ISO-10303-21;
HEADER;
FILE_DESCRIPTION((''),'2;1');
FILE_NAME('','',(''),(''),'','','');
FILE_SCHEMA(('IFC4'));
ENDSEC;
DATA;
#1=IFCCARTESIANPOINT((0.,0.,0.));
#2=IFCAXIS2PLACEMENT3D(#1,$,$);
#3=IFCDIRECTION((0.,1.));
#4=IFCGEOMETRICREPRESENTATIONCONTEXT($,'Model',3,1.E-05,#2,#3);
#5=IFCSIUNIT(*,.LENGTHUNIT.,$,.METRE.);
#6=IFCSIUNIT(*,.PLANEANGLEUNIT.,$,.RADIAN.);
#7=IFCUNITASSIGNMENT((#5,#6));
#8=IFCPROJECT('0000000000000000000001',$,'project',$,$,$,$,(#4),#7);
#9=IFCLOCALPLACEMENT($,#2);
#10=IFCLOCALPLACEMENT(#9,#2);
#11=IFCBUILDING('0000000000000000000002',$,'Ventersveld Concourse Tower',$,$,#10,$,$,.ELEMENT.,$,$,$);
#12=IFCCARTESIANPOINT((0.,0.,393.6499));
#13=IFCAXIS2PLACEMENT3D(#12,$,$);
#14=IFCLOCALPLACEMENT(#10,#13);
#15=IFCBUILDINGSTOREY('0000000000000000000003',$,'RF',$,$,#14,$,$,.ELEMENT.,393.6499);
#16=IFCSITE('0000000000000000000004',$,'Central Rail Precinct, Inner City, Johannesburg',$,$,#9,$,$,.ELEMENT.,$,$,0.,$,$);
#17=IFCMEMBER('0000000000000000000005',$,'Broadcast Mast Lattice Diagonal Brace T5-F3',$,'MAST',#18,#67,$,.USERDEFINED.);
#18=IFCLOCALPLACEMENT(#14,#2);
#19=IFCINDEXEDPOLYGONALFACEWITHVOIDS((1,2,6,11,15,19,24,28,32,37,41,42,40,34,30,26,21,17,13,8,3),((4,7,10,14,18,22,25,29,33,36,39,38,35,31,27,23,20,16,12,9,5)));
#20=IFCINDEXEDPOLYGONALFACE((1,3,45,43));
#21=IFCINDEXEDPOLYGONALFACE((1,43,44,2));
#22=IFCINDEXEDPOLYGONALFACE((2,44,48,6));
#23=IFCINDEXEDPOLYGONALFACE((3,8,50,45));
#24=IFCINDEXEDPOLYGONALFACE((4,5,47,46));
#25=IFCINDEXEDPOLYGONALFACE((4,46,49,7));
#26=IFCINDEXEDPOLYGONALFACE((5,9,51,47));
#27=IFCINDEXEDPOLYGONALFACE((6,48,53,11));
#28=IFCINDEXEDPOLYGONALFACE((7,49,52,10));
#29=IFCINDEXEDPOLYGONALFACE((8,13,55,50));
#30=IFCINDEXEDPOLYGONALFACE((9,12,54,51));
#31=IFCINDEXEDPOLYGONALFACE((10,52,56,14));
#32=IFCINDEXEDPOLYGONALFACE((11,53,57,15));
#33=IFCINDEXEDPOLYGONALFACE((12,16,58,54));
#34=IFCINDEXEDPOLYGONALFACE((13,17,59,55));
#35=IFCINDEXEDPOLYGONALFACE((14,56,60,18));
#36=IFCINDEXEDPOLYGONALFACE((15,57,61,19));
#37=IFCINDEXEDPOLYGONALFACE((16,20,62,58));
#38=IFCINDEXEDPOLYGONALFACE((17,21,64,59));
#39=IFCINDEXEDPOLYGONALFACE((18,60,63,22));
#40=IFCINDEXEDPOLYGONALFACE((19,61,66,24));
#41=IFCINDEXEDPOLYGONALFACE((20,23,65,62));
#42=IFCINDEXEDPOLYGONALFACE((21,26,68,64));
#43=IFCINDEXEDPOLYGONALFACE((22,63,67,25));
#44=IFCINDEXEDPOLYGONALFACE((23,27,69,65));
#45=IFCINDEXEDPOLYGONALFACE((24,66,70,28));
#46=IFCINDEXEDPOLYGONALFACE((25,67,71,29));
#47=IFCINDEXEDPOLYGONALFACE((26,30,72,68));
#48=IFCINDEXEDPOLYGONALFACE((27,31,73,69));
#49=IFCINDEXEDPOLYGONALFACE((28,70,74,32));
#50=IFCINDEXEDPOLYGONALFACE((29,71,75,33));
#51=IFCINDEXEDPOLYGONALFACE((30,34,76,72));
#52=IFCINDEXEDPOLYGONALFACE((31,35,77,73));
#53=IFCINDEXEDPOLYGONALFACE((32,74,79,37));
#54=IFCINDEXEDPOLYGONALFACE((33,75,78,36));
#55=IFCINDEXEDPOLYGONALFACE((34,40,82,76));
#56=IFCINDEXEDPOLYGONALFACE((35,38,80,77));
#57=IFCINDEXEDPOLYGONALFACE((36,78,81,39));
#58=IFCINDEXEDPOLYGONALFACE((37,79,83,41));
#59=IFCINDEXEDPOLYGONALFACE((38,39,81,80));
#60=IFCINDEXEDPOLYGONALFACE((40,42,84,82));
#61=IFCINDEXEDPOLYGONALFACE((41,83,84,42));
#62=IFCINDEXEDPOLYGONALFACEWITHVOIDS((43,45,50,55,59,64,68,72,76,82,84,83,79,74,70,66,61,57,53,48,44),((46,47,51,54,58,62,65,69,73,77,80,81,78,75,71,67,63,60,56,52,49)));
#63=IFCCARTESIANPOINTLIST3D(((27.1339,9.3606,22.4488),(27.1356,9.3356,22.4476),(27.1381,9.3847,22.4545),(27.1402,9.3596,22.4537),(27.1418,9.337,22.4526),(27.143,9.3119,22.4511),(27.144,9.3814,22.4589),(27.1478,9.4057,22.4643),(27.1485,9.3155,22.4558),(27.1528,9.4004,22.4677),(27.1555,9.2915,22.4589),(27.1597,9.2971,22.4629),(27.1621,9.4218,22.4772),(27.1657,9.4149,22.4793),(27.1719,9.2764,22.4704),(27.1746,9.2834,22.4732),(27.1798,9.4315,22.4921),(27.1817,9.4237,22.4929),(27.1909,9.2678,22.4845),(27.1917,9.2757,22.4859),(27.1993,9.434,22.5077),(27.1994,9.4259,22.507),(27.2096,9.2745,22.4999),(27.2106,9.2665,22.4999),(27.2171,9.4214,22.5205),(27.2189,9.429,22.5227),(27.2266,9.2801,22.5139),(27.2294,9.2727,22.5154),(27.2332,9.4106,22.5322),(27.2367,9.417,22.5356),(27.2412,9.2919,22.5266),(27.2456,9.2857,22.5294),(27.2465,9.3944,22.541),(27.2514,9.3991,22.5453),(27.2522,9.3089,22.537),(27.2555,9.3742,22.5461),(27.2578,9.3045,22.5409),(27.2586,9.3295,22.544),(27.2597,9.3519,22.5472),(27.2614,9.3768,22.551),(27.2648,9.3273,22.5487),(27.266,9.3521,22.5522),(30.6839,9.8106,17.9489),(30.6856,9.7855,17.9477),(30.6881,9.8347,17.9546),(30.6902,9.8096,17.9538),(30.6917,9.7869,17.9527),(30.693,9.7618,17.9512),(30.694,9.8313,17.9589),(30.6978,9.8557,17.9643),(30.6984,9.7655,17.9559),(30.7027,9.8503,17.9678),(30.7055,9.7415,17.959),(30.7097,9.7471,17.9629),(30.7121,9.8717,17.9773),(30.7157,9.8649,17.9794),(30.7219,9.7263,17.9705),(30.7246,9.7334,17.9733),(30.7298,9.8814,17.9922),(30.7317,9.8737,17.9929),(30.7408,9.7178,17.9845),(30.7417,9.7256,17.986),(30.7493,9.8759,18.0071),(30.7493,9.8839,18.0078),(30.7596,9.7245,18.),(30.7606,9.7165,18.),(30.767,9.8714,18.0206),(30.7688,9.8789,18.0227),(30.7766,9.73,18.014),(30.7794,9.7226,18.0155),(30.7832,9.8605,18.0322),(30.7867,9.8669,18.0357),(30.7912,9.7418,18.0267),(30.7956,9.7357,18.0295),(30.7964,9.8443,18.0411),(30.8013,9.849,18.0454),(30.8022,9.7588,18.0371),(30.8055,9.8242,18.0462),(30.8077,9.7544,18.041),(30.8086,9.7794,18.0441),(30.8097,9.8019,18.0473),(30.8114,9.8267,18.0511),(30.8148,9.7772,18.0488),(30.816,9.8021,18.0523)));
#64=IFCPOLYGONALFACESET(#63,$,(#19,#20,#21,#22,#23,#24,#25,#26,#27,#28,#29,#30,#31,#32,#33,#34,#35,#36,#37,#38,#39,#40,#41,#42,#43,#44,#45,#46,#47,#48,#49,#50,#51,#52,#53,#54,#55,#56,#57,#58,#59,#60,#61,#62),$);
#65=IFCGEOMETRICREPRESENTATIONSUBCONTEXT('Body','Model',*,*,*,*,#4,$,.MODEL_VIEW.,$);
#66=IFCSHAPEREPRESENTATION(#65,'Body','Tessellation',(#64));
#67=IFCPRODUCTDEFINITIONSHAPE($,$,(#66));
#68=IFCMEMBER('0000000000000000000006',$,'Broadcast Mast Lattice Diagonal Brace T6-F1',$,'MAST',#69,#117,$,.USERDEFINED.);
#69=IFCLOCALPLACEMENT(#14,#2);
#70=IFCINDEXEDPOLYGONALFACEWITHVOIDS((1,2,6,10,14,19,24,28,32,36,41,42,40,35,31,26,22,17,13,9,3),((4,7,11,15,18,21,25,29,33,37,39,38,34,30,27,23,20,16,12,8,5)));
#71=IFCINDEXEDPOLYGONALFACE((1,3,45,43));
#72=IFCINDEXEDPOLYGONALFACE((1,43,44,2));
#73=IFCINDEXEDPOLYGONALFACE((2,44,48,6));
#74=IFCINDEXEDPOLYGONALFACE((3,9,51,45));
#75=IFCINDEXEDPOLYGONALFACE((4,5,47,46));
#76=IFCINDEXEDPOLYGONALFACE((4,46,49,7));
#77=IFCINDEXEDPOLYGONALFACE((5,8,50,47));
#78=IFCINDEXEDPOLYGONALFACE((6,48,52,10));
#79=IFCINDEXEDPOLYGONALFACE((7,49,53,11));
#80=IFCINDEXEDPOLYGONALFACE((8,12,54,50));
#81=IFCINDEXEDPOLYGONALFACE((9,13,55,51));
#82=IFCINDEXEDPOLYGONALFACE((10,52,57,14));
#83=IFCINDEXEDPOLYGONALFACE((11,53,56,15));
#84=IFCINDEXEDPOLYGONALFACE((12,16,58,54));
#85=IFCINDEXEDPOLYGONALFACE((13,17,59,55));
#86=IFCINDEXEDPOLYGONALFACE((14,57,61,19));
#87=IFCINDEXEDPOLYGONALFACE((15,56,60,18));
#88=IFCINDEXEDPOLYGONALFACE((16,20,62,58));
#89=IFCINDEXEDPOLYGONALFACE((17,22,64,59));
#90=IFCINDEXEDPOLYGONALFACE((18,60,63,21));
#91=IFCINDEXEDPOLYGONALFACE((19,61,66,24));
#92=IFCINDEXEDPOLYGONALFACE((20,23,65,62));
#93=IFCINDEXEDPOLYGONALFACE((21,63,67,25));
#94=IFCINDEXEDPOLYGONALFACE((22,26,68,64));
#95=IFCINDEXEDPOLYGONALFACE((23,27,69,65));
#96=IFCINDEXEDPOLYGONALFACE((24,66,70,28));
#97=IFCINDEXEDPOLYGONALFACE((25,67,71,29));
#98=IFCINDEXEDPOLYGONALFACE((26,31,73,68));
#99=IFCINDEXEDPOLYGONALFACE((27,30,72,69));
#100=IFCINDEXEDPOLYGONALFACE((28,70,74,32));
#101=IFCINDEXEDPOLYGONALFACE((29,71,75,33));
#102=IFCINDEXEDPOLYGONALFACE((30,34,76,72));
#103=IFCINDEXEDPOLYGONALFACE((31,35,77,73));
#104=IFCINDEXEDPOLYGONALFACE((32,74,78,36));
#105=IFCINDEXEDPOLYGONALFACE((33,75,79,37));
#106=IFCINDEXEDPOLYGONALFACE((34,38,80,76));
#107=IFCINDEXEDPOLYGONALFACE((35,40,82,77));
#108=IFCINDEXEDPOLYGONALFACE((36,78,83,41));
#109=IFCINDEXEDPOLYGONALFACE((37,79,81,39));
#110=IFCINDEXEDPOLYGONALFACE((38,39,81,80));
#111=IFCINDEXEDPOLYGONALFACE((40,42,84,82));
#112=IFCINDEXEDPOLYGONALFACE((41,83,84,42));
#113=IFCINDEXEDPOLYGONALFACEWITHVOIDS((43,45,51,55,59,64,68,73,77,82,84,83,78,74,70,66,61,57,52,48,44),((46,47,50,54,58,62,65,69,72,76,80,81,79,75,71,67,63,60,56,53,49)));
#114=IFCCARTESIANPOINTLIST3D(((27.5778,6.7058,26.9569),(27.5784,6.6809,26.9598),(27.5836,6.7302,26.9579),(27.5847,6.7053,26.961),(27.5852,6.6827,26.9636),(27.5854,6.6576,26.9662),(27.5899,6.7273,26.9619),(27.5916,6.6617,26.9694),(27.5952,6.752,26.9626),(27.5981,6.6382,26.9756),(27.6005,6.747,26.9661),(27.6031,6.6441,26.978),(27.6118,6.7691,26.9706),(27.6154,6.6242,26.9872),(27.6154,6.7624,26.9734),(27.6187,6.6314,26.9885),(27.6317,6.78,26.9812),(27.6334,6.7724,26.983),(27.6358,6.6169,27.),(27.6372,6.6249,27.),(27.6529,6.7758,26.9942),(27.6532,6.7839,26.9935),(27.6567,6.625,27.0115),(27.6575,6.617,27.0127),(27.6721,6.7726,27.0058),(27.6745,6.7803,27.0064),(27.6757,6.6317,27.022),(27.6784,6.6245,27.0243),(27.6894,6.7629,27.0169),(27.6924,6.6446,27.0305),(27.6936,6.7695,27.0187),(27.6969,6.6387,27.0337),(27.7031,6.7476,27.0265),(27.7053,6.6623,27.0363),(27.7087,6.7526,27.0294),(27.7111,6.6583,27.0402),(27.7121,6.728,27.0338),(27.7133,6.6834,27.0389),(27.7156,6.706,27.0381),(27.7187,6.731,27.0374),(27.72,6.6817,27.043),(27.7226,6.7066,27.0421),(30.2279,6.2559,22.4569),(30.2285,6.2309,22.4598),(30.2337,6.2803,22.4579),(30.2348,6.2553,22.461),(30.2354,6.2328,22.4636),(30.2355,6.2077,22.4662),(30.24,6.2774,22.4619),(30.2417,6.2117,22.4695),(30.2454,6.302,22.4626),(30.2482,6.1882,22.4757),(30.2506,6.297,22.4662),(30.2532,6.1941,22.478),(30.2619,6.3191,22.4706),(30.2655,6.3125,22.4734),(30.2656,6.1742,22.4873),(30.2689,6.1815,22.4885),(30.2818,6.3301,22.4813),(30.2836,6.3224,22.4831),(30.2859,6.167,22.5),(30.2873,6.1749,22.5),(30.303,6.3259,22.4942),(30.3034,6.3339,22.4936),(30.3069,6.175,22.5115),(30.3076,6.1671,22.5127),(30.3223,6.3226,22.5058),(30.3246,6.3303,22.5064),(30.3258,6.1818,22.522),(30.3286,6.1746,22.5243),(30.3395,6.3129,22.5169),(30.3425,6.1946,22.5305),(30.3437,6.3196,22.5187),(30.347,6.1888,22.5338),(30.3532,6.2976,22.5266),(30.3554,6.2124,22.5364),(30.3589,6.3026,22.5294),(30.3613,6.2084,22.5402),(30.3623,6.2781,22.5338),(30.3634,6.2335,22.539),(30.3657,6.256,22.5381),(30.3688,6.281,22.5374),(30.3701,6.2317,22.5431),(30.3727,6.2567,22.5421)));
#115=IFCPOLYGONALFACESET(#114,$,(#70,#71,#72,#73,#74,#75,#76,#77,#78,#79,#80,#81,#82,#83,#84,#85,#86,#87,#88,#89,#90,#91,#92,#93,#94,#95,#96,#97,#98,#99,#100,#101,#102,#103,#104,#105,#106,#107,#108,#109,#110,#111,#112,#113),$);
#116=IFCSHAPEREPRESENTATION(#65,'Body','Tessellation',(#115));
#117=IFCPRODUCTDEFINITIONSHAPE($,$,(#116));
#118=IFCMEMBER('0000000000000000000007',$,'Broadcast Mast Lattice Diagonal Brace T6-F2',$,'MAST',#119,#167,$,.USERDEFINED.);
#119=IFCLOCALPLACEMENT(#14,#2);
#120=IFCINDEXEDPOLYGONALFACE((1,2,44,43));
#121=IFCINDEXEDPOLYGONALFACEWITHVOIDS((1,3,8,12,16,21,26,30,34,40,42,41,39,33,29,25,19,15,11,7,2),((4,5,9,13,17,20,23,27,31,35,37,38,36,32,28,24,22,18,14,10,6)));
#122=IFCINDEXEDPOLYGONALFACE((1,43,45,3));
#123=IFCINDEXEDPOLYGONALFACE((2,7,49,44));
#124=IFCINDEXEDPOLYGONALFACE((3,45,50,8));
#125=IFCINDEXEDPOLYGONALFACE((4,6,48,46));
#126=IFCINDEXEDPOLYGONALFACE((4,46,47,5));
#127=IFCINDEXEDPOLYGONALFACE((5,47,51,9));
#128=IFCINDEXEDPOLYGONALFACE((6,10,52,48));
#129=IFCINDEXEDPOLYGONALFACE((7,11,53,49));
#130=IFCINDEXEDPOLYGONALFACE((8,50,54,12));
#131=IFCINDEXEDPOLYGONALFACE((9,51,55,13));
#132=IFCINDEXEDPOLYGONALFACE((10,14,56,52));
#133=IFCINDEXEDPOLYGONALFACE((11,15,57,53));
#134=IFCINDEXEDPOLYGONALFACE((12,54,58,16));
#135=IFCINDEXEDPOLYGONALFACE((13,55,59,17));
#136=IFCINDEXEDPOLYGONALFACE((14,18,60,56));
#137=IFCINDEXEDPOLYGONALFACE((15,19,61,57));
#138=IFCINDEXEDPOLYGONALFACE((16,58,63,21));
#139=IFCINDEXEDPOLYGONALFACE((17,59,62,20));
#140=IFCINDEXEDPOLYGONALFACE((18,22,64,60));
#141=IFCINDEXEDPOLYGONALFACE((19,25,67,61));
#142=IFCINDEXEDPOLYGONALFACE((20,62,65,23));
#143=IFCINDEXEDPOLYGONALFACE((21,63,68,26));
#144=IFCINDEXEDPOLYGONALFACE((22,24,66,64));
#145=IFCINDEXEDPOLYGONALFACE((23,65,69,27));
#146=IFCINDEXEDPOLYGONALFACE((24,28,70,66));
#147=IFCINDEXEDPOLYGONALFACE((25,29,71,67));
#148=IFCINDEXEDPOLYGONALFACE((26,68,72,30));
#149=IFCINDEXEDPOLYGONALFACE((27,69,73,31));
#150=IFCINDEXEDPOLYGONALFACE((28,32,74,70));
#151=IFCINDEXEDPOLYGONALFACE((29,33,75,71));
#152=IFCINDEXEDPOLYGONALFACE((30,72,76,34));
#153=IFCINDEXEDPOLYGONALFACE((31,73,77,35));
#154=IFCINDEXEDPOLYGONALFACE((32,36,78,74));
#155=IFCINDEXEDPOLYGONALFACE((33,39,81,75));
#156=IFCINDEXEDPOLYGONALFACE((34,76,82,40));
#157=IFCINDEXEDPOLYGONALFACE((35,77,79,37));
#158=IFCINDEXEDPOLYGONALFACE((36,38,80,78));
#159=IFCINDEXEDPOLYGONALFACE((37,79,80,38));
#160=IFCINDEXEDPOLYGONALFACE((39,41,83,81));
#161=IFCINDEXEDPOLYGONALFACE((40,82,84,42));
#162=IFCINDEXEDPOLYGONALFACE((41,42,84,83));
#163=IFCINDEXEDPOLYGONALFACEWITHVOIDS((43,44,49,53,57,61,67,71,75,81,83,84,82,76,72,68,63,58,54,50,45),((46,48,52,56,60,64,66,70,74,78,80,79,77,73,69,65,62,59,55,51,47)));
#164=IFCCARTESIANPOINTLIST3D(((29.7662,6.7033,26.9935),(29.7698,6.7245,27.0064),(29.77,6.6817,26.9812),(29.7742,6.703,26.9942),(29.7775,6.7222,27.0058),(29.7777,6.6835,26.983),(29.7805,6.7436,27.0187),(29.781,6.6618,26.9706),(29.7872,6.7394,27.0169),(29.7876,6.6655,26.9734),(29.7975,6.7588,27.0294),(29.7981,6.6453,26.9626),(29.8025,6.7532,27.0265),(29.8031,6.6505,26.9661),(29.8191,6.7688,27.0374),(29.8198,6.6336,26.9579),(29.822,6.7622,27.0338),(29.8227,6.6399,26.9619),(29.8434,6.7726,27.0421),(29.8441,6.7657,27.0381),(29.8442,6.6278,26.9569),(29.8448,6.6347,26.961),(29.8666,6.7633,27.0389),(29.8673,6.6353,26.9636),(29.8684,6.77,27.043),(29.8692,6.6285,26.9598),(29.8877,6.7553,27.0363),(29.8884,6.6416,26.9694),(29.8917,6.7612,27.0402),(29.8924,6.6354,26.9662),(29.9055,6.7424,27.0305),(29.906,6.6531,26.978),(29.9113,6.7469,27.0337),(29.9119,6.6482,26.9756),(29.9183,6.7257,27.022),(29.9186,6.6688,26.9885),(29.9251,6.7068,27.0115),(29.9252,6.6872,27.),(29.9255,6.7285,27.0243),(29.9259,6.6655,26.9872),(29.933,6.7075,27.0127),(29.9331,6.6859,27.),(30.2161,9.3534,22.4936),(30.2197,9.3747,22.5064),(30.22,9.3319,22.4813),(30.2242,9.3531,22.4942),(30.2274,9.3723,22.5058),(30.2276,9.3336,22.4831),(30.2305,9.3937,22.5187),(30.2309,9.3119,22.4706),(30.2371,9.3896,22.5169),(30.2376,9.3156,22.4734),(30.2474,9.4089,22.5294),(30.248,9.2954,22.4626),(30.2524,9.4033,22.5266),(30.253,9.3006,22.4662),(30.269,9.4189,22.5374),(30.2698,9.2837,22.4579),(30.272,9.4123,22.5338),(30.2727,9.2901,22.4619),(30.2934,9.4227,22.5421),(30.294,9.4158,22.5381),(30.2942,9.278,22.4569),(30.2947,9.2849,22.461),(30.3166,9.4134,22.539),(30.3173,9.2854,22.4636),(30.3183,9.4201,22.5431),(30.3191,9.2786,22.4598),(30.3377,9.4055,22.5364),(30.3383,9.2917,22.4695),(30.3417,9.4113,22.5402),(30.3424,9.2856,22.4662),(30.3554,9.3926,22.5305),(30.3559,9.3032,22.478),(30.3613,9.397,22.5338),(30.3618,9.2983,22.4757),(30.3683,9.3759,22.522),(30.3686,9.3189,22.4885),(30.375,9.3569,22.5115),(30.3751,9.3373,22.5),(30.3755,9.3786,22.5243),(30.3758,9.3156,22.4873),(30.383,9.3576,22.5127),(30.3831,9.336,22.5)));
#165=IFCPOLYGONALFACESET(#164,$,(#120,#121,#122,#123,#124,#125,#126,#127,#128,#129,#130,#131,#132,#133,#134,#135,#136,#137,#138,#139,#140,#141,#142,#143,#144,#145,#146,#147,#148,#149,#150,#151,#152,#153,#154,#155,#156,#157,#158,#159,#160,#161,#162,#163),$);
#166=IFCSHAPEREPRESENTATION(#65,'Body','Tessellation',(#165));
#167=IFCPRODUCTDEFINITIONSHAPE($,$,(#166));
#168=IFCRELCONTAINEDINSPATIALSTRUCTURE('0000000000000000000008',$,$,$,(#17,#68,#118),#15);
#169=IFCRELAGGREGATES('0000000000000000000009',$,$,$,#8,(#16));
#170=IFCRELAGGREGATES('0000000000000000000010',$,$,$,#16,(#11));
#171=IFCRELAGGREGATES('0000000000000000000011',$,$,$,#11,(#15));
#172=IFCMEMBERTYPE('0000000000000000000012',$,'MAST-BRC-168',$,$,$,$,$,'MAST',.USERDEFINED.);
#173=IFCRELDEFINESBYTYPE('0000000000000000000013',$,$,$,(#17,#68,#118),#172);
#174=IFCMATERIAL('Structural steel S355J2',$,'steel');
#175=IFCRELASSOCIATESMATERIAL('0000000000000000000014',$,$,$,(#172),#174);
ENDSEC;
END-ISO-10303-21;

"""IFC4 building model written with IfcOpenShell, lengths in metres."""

from ifc_helpers import new_model, si_unit, direction, frame, origin, origin_2d, place, context, subcontext, project, spatial, hollow_circle, extrude, material, material_profile, profile_set, type_object, element, save


model = new_model("IFC4")

# Units and contexts
model_context = context("Model", 3, precision=1e-05, world=origin(), true_north=direction((0.0, 1.0)))
body_context = subcontext(model_context, "Body", "Model", "MODEL_VIEW")
ifc_project = project(units=[si_unit("LENGTHUNIT", "METRE"), si_unit("PLANEANGLEUNIT", "RADIAN")], contexts=[model_context])

# Site, building, storey
site_placement = place(None, origin())
site = spatial("IfcSite", under=ifc_project, at=site_placement, Name="Central Rail Precinct, Inner City, Johannesburg", CompositionType="ELEMENT", RefElevation=0.0)
building_placement = place(site_placement, origin())
building = spatial("IfcBuilding", under=site, at=building_placement, Name="Ventersveld Concourse Tower", CompositionType="ELEMENT")
storey_placement = place(building_placement, frame((0.0, 0.0, 393.6499)))
storey = spatial("IfcBuildingStorey", under=building, at=storey_placement, Name="RF", CompositionType="ELEMENT", Elevation=393.6499)

# Members
ifc_material = material(Name="Structural steel S355J2", Category="steel")
ifc_material_profile_1 = material_profile(ifc_material, hollow_circle(Radius=0.0842, WallThickness=0.0081, at=origin_2d()), Name="CHS 168.3x8")
ifc_profile_set_1 = profile_set([ifc_material_profile_1], Name="Structural steel S355J2")
member_type_1 = type_object("IfcMemberType", Name="MAST-BRC-168", ElementType="MAST", PredefinedType="USERDEFINED", material=ifc_profile_set_1)
for number, where, z_axis, x_axis, name in (
    (1, (30.75, 9.8, 18.0), (-0.617467, -0.078261, 0.782694), (0.125739, -0.992063, 0.0), "Broadcast Mast Lattice Diagonal Brace T5-F3"),
):
    element("IfcMember", number, at=place(storey_placement, frame(where, z_axis=z_axis, x_axis=x_axis)), inside=storey, type_object=member_type_1, Name=name, ObjectType="MAST", PredefinedType="USERDEFINED", context=body_context, shape_type="SweptSolid", body=[
        extrude(hollow_circle(Radius=0.0842, WallThickness=0.0081, at=origin_2d()), origin(), (0.0, 0.0, 1.0), 5.7493),
    ])
for number, where, z_axis, x_axis, name in (
    (2, (30.3, 6.25, 22.5), (-0.505586, 0.08584, 0.858495), (-0.167388, -0.985891, 0.0), "Broadcast Mast Lattice Diagonal Brace T6-F1"),
    (3, (30.3, 9.3501, 22.5), (-0.08584, -0.505586, 0.858495), (0.985891, -0.167388, 0.0), "Broadcast Mast Lattice Diagonal Brace T6-F2"),
):
    element("IfcMember", number, at=place(storey_placement, frame(where, z_axis=z_axis, x_axis=x_axis)), inside=storey, type_object=member_type_1, Name=name, ObjectType="MAST", PredefinedType="USERDEFINED", context=body_context, shape_type="SweptSolid", body=[
        extrude(hollow_circle(Radius=0.0842, WallThickness=0.0081, at=origin_2d()), origin(), (0.0, 0.0, 1.0), 5.2417),
    ])

save(model, "model.ifc")
